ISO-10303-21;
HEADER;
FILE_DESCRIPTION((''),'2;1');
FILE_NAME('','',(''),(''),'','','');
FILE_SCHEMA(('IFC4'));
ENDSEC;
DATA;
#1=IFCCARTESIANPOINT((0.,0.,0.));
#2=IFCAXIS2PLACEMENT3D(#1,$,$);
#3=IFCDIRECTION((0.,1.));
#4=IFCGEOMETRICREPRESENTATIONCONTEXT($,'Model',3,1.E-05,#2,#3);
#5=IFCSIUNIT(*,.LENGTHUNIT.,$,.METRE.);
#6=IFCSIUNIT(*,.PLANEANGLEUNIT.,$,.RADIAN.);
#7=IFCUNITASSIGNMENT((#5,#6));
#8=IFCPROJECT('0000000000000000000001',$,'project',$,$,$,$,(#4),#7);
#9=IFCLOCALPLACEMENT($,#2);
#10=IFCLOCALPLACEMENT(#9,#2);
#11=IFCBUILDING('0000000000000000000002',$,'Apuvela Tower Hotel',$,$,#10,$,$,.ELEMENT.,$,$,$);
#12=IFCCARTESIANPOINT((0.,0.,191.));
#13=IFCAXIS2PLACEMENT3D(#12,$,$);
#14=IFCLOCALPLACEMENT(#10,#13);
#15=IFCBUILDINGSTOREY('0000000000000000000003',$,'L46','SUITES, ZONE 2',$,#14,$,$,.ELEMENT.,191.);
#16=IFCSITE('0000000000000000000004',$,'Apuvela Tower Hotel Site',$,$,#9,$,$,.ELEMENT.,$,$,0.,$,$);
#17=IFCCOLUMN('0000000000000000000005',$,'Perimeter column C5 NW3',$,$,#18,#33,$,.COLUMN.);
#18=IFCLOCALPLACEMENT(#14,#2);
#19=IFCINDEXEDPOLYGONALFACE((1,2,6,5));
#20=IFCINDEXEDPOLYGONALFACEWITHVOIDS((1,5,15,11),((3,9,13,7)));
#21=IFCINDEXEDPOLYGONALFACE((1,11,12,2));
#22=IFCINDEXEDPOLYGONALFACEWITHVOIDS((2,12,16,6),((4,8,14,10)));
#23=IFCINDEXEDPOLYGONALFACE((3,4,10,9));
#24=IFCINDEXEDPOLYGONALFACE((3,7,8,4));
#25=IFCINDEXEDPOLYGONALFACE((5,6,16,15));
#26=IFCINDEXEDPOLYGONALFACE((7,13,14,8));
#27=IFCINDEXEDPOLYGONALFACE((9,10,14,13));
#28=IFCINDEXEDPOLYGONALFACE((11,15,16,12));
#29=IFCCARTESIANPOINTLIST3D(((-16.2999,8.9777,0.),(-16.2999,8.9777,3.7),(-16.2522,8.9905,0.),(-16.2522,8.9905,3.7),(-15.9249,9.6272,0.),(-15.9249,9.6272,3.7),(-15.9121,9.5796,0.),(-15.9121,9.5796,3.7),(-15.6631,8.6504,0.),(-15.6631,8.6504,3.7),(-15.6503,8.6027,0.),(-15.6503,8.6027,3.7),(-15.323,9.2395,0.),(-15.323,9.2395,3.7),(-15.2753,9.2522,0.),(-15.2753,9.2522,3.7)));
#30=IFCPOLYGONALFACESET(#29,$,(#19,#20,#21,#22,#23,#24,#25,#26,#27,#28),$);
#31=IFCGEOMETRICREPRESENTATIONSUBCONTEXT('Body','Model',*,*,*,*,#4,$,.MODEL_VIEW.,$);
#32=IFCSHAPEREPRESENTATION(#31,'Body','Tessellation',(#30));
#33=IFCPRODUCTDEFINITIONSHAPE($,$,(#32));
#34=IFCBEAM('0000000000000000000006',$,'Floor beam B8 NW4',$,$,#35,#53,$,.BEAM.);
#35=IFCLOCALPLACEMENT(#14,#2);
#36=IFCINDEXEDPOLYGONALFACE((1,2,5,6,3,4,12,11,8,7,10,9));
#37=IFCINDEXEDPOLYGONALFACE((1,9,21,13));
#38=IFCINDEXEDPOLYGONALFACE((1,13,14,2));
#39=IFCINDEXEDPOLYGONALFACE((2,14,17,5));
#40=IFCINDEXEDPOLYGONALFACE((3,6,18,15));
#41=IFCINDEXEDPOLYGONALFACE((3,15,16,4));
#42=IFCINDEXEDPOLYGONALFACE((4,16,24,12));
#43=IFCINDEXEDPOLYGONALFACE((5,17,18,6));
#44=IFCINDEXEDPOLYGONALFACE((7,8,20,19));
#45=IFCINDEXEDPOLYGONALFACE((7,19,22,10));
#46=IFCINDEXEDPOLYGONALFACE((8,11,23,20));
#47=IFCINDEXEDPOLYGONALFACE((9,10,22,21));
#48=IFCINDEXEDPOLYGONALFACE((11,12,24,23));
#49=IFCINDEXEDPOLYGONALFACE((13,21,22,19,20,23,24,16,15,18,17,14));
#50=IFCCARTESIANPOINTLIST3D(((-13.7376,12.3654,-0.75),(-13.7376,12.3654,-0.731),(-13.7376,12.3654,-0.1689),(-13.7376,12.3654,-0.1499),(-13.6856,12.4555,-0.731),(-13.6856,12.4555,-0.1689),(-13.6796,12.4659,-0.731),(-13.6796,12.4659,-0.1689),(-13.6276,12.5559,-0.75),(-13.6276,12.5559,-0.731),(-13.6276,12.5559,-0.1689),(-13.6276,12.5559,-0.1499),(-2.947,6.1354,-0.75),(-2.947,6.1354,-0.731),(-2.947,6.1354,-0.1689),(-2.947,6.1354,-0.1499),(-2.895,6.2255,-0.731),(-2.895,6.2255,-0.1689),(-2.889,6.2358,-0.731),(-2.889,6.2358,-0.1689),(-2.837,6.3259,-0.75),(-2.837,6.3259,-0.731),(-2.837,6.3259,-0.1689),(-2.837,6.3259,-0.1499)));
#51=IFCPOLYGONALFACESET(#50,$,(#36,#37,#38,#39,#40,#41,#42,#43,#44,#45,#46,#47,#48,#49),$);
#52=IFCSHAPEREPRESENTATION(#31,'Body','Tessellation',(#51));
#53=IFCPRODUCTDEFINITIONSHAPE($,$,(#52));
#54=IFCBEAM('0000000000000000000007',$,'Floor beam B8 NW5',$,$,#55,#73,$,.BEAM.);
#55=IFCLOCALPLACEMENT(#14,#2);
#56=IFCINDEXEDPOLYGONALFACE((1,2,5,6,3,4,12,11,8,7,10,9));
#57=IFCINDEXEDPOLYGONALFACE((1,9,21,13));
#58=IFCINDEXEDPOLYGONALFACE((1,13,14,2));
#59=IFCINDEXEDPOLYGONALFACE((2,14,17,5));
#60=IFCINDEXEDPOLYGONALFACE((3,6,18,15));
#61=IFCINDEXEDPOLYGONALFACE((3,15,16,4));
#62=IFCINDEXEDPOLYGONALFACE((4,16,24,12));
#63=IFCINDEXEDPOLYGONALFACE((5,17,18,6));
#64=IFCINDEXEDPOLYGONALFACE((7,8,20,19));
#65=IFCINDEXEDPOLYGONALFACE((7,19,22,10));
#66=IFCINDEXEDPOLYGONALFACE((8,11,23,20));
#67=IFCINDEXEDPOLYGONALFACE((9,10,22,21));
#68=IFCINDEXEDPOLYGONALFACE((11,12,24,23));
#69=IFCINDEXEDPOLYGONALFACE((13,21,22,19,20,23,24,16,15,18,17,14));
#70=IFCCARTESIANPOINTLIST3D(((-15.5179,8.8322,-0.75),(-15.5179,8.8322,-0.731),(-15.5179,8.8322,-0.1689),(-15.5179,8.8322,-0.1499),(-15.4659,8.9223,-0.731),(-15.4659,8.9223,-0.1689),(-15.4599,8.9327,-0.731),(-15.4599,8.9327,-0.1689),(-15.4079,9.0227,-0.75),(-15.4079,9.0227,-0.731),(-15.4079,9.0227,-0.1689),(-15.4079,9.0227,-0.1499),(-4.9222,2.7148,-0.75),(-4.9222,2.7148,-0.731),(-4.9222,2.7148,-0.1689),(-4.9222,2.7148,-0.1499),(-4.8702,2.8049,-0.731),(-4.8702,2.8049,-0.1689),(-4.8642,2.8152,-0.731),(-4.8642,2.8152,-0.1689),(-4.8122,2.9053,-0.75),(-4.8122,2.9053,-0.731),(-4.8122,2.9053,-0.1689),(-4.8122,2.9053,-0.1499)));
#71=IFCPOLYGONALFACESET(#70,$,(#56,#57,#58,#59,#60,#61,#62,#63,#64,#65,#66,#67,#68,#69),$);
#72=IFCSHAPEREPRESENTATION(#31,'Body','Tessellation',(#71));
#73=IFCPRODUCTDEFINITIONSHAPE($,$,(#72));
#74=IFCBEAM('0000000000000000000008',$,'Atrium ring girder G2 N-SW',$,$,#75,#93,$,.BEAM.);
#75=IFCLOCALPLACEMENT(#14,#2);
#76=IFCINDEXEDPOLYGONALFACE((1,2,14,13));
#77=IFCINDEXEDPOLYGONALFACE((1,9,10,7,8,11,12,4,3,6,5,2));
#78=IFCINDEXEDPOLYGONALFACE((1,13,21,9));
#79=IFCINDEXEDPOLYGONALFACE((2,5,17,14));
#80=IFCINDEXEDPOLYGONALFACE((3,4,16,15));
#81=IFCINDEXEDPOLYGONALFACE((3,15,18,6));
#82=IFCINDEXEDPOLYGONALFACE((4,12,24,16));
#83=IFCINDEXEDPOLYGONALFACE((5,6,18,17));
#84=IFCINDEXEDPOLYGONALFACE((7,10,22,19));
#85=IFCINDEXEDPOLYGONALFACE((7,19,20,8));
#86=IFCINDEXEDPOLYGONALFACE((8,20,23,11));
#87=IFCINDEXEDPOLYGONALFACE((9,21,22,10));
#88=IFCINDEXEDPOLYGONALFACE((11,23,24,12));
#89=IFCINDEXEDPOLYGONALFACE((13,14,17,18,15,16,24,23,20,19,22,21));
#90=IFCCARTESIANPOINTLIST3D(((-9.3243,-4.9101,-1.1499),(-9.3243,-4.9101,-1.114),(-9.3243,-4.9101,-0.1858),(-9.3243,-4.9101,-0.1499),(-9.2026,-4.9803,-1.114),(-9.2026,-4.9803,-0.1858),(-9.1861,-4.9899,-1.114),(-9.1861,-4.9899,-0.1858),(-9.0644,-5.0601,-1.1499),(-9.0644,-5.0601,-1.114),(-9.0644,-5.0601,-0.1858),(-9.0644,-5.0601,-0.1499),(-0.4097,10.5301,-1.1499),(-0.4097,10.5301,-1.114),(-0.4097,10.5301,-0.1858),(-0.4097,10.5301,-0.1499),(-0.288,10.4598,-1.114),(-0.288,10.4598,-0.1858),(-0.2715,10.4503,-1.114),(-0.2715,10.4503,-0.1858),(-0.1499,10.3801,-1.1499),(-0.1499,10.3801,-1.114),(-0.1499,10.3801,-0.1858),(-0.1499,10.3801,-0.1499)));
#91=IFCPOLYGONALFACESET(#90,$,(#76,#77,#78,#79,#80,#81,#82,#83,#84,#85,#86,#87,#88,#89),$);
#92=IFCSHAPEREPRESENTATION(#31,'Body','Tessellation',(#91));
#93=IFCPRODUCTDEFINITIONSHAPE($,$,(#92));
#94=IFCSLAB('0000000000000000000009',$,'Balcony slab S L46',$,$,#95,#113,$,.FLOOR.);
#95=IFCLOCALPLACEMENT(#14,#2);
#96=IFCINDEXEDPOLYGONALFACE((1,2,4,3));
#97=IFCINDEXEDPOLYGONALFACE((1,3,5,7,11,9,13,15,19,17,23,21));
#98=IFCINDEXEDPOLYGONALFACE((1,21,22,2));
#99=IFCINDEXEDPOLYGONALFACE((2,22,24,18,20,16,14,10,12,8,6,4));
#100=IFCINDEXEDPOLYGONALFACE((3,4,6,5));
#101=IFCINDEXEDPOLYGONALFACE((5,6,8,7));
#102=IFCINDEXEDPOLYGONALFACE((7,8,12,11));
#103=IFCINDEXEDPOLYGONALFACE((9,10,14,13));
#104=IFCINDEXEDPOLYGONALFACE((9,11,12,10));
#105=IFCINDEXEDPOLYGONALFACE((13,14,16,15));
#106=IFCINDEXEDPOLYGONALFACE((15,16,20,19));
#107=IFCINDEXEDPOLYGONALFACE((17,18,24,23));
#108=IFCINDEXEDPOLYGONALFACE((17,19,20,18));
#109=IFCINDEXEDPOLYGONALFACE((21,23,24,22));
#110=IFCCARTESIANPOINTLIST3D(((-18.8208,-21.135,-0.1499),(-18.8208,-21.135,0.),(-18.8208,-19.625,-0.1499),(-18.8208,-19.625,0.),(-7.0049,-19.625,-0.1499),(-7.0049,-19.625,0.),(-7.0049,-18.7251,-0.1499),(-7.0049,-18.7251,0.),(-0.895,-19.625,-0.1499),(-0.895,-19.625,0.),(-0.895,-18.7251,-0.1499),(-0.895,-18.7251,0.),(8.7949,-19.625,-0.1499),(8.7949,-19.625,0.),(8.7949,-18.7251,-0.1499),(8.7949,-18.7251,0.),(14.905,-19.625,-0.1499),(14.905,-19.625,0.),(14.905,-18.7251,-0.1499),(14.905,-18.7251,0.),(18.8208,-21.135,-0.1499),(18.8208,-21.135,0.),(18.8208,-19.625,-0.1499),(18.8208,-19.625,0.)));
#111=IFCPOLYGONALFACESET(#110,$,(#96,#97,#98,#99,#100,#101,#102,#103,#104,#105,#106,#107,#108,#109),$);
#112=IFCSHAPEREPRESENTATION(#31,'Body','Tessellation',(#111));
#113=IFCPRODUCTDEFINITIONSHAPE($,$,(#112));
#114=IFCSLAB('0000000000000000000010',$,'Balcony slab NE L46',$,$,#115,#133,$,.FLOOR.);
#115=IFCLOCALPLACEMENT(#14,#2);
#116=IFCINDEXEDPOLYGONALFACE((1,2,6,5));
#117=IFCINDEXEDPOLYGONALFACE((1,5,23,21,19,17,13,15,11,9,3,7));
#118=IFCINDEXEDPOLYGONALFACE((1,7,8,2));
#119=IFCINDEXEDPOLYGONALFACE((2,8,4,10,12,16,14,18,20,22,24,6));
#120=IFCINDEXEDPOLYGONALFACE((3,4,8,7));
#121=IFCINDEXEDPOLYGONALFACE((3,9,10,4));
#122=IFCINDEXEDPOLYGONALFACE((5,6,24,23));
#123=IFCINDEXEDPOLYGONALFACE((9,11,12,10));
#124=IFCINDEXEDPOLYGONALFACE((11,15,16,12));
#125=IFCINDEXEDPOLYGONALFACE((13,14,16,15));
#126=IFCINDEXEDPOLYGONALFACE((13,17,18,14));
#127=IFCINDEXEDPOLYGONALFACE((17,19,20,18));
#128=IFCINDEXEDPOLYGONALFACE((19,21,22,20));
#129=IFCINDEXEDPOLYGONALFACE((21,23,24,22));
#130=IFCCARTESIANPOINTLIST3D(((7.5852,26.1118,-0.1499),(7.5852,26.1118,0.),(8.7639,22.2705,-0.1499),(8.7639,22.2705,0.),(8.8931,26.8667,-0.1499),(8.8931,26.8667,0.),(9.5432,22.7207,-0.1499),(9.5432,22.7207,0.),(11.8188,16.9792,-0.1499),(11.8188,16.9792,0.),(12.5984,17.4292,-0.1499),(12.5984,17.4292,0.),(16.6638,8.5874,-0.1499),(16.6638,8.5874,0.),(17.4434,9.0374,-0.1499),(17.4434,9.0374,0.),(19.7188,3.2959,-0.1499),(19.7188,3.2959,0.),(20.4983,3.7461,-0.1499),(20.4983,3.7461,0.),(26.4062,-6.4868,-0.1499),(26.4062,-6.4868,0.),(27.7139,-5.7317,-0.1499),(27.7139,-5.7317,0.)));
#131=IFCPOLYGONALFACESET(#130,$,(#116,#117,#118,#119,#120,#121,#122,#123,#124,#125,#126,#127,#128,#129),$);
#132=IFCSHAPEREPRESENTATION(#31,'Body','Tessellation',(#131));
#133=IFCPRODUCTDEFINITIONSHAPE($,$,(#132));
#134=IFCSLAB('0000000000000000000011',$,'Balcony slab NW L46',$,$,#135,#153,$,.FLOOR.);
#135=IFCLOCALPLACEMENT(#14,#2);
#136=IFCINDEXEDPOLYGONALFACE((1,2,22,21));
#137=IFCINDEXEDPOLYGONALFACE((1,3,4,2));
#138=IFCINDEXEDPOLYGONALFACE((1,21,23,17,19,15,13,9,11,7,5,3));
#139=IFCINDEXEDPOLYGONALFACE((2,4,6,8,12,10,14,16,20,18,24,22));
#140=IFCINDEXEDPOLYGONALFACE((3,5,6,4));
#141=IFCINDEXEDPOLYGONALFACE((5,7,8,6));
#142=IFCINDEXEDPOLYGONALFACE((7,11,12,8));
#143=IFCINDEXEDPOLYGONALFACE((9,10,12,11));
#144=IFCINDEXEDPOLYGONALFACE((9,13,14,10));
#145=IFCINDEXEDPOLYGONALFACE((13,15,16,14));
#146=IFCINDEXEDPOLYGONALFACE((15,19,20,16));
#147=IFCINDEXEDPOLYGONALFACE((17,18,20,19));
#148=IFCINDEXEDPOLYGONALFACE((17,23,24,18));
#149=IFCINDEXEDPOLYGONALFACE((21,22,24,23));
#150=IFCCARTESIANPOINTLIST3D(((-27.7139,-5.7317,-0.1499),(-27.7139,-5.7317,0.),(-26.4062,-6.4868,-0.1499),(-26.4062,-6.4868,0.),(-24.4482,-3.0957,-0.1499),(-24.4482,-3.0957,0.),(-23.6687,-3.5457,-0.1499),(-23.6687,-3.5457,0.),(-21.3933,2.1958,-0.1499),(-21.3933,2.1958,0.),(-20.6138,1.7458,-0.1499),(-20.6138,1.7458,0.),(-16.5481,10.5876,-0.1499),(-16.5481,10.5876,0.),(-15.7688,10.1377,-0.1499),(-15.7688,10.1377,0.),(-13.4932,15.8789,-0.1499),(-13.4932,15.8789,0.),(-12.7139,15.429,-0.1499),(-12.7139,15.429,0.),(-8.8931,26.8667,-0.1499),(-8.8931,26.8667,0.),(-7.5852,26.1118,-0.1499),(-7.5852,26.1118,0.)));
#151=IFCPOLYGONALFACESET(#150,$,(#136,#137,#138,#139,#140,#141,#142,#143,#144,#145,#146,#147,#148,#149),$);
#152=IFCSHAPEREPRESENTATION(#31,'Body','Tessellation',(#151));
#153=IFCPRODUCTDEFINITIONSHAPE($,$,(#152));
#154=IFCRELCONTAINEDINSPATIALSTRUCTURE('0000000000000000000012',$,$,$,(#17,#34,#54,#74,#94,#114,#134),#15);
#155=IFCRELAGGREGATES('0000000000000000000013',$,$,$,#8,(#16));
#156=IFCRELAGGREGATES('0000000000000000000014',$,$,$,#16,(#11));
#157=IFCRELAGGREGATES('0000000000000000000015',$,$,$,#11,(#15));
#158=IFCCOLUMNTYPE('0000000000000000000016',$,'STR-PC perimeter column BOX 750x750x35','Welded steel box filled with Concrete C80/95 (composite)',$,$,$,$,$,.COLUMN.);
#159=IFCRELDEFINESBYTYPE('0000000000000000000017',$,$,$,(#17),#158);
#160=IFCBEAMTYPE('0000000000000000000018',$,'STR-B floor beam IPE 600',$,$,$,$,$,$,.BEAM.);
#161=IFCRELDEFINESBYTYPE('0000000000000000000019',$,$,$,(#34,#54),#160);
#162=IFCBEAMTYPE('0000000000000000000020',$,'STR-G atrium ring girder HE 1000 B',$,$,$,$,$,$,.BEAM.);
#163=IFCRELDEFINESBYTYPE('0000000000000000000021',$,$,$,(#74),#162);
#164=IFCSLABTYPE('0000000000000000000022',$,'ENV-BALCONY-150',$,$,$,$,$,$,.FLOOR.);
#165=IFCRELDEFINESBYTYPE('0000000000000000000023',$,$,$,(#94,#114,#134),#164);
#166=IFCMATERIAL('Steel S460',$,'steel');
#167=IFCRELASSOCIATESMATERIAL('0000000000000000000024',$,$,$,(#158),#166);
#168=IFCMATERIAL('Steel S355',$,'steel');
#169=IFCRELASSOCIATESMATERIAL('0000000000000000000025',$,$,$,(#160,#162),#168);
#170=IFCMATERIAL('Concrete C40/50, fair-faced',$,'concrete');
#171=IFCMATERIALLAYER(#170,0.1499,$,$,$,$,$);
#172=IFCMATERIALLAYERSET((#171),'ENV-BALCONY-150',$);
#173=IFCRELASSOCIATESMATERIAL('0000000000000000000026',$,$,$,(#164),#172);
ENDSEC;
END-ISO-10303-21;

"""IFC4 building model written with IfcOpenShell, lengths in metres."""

from ifc_helpers import new_model, si_unit, direction, frame, origin, origin_2d, place, context, subcontext, project, spatial, polyline, rectangle, hollow_rectangle, i_section, outline, extrude, material, layer, layer_set, material_profile, profile_set, type_object, element, save


model = new_model("IFC4")

# Units and contexts
model_context = context("Model", 3, precision=1e-05, world=origin(), true_north=direction((0.0, 1.0)))
body_context = subcontext(model_context, "Body", "Model", "MODEL_VIEW")
ifc_project = project(units=[si_unit("LENGTHUNIT", "METRE"), si_unit("PLANEANGLEUNIT", "RADIAN")], contexts=[model_context])

# Site, building, storey
site_placement = place(None, origin())
site = spatial("IfcSite", under=ifc_project, at=site_placement, Name="Apuvela Tower Hotel Site", CompositionType="ELEMENT", RefElevation=0.0)
building_placement = place(site_placement, origin())
building = spatial("IfcBuilding", under=site, at=building_placement, Name="Apuvela Tower Hotel", CompositionType="ELEMENT")
storey_placement = place(building_placement, frame((0.0, 0.0, 191.0)))
storey = spatial("IfcBuildingStorey", under=building, at=storey_placement, Name="L46", Description="SUITES, ZONE 2", CompositionType="ELEMENT", Elevation=191.0)

# Column
ifc_material_1 = material(Name="Steel S460", Category="steel")
ifc_material_profile_1 = material_profile(ifc_material_1, hollow_rectangle(XDim=0.75, YDim=0.75, WallThickness=0.0349, at=origin_2d()), Name="BOX 750x750x35")
ifc_material_2 = material(Name="Concrete C80/95", Category="concrete")
ifc_material_profile_2 = material_profile(ifc_material_2, rectangle(XDim=0.6799, YDim=0.6799, at=origin_2d()), Name="Concrete C80/95 infill")
ifc_profile_set_1 = profile_set([ifc_material_profile_1, ifc_material_profile_2], Name="Steel S460")
column_type = type_object("IfcColumnType", Name="STR-PC perimeter column BOX 750x750x35", Description="Welded steel box filled with Concrete C80/95 (composite)", PredefinedType="COLUMN", material=ifc_profile_set_1)
column_placement = place(storey_placement, frame((-15.7876, 9.115, 0.0), z_axis=(0.0, 0.0, 1.0), x_axis=(0.5, 0.866025, 0.0)))
element("IfcColumn", 1, at=column_placement, inside=storey, type_object=column_type, Name="Perimeter column C5 NW3", PredefinedType="COLUMN", context=body_context, shape_type="SweptSolid", body=[
    extrude(hollow_rectangle(XDim=0.75, YDim=0.75, WallThickness=0.0349, at=origin_2d()), origin(), (0.0, 0.0, 1.0), 3.7),
])

# Beams
ifc_material_3 = material(Name="Steel S355", Category="steel")
ifc_material_profile_3 = material_profile(ifc_material_3, i_section(OverallWidth=0.22, OverallDepth=0.6001, WebThickness=0.012, FlangeThickness=0.019, at=origin_2d()), Name="IPE 600")
ifc_profile_set_2 = profile_set([ifc_material_profile_3], Name="Steel S355")
beam_type_1 = type_object("IfcBeamType", Name="STR-B floor beam IPE 600", PredefinedType="BEAM", material=ifc_profile_set_2)
beam_1_placement = place(storey_placement, frame((-13.6826, 12.4607, -0.45), z_axis=(0.866023, -0.500004, 0.0), x_axis=(0.500004, 0.866023, 0.0)))
element("IfcBeam", 2, at=beam_1_placement, inside=storey, type_object=beam_type_1, Name="Floor beam B8 NW4", PredefinedType="BEAM", context=body_context, shape_type="SweptSolid", body=[
    extrude(i_section(OverallWidth=0.22, OverallDepth=0.6001, WebThickness=0.012, FlangeThickness=0.019, at=origin_2d()), origin(), (0.0, 0.0, 1.0), 12.46),
])
beam_2_placement = place(storey_placement, frame((-15.4629, 8.9275, -0.45), z_axis=(0.866025, -0.5, 0.0), x_axis=(0.5, 0.866025, 0.0)))
element("IfcBeam", 3, at=beam_2_placement, inside=storey, type_object=beam_type_1, Name="Floor beam B8 NW5", PredefinedType="BEAM", context=body_context, shape_type="SweptSolid", body=[
    extrude(i_section(OverallWidth=0.22, OverallDepth=0.6001, WebThickness=0.012, FlangeThickness=0.019, at=origin_2d()), origin(), (0.0, 0.0, 1.0), 12.2349),
])
ifc_material_profile_4 = material_profile(ifc_material_3, i_section(OverallWidth=0.3, OverallDepth=1.0, WebThickness=0.019, FlangeThickness=0.0359, at=origin_2d()), Name="HE 1000 B")
ifc_profile_set_3 = profile_set([ifc_material_profile_4], Name="Steel S355")
beam_type_2 = type_object("IfcBeamType", Name="STR-G atrium ring girder HE 1000 B", PredefinedType="BEAM", material=ifc_profile_set_3)
beam_3_placement = place(storey_placement, frame((-0.2798, 10.4551, -0.6499), z_axis=(-0.500007, -0.866022, 0.0), x_axis=(0.866022, -0.500007, 0.0)))
element("IfcBeam", 4, at=beam_3_placement, inside=storey, type_object=beam_type_2, Name="Atrium ring girder G2 N-SW", PredefinedType="BEAM", context=body_context, shape_type="SweptSolid", body=[
    extrude(i_section(OverallWidth=0.3, OverallDepth=1.0, WebThickness=0.019, FlangeThickness=0.0359, at=origin_2d()), origin(), (0.0, 0.0, 1.0), 17.8289),
])

# Slabs
ifc_material_4 = material(Name="Concrete C40/50, fair-faced", Category="concrete")
ifc_layer_1 = layer(ifc_material_4, 0.1499)
ifc_layer_set_1 = layer_set([ifc_layer_1], Name="ENV-BALCONY-150")
slab_type_1 = type_object("IfcSlabType", Name="ENV-BALCONY-150", PredefinedType="FLOOR", material=ifc_layer_set_1)
slab_1_placement = place(storey_placement, frame((0.0, 0.0, -0.1499)))
element("IfcSlab", 5, at=slab_1_placement, inside=storey, type_object=slab_type_1, Name="Balcony slab S L46", PredefinedType="FLOOR", context=body_context, shape_type="SweptSolid", body=[
    extrude(outline(polyline([(18.8208, -21.135), (-18.8208, -21.135), (-18.8208, -19.625), (-7.0049, -19.625), (-7.0049, -18.7251), (-0.895, -18.7251), (-0.895, -19.625), (8.7949, -19.625), (8.7949, -18.7251), (14.905, -18.7251), (14.905, -19.625), (18.8208, -19.625), (18.8208, -21.135)])), origin(), (0.0, 0.0, 1.0), 0.1499),
])
slab_2_placement = place(storey_placement, frame((0.0, 0.0, -0.1499)))
element("IfcSlab", 6, at=slab_2_placement, inside=storey, type_object=slab_type_1, Name="Balcony slab NE L46", PredefinedType="FLOOR", context=body_context, shape_type="SweptSolid", body=[
    extrude(outline(polyline([(17.4434, 9.0374), (12.5984, 17.4292), (11.8188, 16.9792), (8.7639, 22.2705), (9.5432, 22.7207), (7.5852, 26.1118), (8.8931, 26.8667), (27.7139, -5.7317), (26.4062, -6.4868), (20.4983, 3.7461), (19.7188, 3.2959), (16.6638, 8.5874), (17.4434, 9.0374)])), origin(), (0.0, 0.0, 1.0), 0.1499),
])
slab_3_placement = place(storey_placement, frame((0.0, 0.0, -0.1499)))
element("IfcSlab", 7, at=slab_3_placement, inside=storey, type_object=slab_type_1, Name="Balcony slab NW L46", PredefinedType="FLOOR", context=body_context, shape_type="SweptSolid", body=[
    extrude(outline(polyline([(-27.7139, -5.7317), (-8.8931, 26.8667), (-7.5852, 26.1118), (-13.4932, 15.8789), (-12.7139, 15.429), (-15.7688, 10.1377), (-16.5481, 10.5876), (-21.3933, 2.1958), (-20.6138, 1.7458), (-23.6687, -3.5457), (-24.4482, -3.0957), (-26.4062, -6.4868), (-27.7139, -5.7317)])), origin(), (0.0, 0.0, 1.0), 0.1499),
])

save(model, "model.ifc")
